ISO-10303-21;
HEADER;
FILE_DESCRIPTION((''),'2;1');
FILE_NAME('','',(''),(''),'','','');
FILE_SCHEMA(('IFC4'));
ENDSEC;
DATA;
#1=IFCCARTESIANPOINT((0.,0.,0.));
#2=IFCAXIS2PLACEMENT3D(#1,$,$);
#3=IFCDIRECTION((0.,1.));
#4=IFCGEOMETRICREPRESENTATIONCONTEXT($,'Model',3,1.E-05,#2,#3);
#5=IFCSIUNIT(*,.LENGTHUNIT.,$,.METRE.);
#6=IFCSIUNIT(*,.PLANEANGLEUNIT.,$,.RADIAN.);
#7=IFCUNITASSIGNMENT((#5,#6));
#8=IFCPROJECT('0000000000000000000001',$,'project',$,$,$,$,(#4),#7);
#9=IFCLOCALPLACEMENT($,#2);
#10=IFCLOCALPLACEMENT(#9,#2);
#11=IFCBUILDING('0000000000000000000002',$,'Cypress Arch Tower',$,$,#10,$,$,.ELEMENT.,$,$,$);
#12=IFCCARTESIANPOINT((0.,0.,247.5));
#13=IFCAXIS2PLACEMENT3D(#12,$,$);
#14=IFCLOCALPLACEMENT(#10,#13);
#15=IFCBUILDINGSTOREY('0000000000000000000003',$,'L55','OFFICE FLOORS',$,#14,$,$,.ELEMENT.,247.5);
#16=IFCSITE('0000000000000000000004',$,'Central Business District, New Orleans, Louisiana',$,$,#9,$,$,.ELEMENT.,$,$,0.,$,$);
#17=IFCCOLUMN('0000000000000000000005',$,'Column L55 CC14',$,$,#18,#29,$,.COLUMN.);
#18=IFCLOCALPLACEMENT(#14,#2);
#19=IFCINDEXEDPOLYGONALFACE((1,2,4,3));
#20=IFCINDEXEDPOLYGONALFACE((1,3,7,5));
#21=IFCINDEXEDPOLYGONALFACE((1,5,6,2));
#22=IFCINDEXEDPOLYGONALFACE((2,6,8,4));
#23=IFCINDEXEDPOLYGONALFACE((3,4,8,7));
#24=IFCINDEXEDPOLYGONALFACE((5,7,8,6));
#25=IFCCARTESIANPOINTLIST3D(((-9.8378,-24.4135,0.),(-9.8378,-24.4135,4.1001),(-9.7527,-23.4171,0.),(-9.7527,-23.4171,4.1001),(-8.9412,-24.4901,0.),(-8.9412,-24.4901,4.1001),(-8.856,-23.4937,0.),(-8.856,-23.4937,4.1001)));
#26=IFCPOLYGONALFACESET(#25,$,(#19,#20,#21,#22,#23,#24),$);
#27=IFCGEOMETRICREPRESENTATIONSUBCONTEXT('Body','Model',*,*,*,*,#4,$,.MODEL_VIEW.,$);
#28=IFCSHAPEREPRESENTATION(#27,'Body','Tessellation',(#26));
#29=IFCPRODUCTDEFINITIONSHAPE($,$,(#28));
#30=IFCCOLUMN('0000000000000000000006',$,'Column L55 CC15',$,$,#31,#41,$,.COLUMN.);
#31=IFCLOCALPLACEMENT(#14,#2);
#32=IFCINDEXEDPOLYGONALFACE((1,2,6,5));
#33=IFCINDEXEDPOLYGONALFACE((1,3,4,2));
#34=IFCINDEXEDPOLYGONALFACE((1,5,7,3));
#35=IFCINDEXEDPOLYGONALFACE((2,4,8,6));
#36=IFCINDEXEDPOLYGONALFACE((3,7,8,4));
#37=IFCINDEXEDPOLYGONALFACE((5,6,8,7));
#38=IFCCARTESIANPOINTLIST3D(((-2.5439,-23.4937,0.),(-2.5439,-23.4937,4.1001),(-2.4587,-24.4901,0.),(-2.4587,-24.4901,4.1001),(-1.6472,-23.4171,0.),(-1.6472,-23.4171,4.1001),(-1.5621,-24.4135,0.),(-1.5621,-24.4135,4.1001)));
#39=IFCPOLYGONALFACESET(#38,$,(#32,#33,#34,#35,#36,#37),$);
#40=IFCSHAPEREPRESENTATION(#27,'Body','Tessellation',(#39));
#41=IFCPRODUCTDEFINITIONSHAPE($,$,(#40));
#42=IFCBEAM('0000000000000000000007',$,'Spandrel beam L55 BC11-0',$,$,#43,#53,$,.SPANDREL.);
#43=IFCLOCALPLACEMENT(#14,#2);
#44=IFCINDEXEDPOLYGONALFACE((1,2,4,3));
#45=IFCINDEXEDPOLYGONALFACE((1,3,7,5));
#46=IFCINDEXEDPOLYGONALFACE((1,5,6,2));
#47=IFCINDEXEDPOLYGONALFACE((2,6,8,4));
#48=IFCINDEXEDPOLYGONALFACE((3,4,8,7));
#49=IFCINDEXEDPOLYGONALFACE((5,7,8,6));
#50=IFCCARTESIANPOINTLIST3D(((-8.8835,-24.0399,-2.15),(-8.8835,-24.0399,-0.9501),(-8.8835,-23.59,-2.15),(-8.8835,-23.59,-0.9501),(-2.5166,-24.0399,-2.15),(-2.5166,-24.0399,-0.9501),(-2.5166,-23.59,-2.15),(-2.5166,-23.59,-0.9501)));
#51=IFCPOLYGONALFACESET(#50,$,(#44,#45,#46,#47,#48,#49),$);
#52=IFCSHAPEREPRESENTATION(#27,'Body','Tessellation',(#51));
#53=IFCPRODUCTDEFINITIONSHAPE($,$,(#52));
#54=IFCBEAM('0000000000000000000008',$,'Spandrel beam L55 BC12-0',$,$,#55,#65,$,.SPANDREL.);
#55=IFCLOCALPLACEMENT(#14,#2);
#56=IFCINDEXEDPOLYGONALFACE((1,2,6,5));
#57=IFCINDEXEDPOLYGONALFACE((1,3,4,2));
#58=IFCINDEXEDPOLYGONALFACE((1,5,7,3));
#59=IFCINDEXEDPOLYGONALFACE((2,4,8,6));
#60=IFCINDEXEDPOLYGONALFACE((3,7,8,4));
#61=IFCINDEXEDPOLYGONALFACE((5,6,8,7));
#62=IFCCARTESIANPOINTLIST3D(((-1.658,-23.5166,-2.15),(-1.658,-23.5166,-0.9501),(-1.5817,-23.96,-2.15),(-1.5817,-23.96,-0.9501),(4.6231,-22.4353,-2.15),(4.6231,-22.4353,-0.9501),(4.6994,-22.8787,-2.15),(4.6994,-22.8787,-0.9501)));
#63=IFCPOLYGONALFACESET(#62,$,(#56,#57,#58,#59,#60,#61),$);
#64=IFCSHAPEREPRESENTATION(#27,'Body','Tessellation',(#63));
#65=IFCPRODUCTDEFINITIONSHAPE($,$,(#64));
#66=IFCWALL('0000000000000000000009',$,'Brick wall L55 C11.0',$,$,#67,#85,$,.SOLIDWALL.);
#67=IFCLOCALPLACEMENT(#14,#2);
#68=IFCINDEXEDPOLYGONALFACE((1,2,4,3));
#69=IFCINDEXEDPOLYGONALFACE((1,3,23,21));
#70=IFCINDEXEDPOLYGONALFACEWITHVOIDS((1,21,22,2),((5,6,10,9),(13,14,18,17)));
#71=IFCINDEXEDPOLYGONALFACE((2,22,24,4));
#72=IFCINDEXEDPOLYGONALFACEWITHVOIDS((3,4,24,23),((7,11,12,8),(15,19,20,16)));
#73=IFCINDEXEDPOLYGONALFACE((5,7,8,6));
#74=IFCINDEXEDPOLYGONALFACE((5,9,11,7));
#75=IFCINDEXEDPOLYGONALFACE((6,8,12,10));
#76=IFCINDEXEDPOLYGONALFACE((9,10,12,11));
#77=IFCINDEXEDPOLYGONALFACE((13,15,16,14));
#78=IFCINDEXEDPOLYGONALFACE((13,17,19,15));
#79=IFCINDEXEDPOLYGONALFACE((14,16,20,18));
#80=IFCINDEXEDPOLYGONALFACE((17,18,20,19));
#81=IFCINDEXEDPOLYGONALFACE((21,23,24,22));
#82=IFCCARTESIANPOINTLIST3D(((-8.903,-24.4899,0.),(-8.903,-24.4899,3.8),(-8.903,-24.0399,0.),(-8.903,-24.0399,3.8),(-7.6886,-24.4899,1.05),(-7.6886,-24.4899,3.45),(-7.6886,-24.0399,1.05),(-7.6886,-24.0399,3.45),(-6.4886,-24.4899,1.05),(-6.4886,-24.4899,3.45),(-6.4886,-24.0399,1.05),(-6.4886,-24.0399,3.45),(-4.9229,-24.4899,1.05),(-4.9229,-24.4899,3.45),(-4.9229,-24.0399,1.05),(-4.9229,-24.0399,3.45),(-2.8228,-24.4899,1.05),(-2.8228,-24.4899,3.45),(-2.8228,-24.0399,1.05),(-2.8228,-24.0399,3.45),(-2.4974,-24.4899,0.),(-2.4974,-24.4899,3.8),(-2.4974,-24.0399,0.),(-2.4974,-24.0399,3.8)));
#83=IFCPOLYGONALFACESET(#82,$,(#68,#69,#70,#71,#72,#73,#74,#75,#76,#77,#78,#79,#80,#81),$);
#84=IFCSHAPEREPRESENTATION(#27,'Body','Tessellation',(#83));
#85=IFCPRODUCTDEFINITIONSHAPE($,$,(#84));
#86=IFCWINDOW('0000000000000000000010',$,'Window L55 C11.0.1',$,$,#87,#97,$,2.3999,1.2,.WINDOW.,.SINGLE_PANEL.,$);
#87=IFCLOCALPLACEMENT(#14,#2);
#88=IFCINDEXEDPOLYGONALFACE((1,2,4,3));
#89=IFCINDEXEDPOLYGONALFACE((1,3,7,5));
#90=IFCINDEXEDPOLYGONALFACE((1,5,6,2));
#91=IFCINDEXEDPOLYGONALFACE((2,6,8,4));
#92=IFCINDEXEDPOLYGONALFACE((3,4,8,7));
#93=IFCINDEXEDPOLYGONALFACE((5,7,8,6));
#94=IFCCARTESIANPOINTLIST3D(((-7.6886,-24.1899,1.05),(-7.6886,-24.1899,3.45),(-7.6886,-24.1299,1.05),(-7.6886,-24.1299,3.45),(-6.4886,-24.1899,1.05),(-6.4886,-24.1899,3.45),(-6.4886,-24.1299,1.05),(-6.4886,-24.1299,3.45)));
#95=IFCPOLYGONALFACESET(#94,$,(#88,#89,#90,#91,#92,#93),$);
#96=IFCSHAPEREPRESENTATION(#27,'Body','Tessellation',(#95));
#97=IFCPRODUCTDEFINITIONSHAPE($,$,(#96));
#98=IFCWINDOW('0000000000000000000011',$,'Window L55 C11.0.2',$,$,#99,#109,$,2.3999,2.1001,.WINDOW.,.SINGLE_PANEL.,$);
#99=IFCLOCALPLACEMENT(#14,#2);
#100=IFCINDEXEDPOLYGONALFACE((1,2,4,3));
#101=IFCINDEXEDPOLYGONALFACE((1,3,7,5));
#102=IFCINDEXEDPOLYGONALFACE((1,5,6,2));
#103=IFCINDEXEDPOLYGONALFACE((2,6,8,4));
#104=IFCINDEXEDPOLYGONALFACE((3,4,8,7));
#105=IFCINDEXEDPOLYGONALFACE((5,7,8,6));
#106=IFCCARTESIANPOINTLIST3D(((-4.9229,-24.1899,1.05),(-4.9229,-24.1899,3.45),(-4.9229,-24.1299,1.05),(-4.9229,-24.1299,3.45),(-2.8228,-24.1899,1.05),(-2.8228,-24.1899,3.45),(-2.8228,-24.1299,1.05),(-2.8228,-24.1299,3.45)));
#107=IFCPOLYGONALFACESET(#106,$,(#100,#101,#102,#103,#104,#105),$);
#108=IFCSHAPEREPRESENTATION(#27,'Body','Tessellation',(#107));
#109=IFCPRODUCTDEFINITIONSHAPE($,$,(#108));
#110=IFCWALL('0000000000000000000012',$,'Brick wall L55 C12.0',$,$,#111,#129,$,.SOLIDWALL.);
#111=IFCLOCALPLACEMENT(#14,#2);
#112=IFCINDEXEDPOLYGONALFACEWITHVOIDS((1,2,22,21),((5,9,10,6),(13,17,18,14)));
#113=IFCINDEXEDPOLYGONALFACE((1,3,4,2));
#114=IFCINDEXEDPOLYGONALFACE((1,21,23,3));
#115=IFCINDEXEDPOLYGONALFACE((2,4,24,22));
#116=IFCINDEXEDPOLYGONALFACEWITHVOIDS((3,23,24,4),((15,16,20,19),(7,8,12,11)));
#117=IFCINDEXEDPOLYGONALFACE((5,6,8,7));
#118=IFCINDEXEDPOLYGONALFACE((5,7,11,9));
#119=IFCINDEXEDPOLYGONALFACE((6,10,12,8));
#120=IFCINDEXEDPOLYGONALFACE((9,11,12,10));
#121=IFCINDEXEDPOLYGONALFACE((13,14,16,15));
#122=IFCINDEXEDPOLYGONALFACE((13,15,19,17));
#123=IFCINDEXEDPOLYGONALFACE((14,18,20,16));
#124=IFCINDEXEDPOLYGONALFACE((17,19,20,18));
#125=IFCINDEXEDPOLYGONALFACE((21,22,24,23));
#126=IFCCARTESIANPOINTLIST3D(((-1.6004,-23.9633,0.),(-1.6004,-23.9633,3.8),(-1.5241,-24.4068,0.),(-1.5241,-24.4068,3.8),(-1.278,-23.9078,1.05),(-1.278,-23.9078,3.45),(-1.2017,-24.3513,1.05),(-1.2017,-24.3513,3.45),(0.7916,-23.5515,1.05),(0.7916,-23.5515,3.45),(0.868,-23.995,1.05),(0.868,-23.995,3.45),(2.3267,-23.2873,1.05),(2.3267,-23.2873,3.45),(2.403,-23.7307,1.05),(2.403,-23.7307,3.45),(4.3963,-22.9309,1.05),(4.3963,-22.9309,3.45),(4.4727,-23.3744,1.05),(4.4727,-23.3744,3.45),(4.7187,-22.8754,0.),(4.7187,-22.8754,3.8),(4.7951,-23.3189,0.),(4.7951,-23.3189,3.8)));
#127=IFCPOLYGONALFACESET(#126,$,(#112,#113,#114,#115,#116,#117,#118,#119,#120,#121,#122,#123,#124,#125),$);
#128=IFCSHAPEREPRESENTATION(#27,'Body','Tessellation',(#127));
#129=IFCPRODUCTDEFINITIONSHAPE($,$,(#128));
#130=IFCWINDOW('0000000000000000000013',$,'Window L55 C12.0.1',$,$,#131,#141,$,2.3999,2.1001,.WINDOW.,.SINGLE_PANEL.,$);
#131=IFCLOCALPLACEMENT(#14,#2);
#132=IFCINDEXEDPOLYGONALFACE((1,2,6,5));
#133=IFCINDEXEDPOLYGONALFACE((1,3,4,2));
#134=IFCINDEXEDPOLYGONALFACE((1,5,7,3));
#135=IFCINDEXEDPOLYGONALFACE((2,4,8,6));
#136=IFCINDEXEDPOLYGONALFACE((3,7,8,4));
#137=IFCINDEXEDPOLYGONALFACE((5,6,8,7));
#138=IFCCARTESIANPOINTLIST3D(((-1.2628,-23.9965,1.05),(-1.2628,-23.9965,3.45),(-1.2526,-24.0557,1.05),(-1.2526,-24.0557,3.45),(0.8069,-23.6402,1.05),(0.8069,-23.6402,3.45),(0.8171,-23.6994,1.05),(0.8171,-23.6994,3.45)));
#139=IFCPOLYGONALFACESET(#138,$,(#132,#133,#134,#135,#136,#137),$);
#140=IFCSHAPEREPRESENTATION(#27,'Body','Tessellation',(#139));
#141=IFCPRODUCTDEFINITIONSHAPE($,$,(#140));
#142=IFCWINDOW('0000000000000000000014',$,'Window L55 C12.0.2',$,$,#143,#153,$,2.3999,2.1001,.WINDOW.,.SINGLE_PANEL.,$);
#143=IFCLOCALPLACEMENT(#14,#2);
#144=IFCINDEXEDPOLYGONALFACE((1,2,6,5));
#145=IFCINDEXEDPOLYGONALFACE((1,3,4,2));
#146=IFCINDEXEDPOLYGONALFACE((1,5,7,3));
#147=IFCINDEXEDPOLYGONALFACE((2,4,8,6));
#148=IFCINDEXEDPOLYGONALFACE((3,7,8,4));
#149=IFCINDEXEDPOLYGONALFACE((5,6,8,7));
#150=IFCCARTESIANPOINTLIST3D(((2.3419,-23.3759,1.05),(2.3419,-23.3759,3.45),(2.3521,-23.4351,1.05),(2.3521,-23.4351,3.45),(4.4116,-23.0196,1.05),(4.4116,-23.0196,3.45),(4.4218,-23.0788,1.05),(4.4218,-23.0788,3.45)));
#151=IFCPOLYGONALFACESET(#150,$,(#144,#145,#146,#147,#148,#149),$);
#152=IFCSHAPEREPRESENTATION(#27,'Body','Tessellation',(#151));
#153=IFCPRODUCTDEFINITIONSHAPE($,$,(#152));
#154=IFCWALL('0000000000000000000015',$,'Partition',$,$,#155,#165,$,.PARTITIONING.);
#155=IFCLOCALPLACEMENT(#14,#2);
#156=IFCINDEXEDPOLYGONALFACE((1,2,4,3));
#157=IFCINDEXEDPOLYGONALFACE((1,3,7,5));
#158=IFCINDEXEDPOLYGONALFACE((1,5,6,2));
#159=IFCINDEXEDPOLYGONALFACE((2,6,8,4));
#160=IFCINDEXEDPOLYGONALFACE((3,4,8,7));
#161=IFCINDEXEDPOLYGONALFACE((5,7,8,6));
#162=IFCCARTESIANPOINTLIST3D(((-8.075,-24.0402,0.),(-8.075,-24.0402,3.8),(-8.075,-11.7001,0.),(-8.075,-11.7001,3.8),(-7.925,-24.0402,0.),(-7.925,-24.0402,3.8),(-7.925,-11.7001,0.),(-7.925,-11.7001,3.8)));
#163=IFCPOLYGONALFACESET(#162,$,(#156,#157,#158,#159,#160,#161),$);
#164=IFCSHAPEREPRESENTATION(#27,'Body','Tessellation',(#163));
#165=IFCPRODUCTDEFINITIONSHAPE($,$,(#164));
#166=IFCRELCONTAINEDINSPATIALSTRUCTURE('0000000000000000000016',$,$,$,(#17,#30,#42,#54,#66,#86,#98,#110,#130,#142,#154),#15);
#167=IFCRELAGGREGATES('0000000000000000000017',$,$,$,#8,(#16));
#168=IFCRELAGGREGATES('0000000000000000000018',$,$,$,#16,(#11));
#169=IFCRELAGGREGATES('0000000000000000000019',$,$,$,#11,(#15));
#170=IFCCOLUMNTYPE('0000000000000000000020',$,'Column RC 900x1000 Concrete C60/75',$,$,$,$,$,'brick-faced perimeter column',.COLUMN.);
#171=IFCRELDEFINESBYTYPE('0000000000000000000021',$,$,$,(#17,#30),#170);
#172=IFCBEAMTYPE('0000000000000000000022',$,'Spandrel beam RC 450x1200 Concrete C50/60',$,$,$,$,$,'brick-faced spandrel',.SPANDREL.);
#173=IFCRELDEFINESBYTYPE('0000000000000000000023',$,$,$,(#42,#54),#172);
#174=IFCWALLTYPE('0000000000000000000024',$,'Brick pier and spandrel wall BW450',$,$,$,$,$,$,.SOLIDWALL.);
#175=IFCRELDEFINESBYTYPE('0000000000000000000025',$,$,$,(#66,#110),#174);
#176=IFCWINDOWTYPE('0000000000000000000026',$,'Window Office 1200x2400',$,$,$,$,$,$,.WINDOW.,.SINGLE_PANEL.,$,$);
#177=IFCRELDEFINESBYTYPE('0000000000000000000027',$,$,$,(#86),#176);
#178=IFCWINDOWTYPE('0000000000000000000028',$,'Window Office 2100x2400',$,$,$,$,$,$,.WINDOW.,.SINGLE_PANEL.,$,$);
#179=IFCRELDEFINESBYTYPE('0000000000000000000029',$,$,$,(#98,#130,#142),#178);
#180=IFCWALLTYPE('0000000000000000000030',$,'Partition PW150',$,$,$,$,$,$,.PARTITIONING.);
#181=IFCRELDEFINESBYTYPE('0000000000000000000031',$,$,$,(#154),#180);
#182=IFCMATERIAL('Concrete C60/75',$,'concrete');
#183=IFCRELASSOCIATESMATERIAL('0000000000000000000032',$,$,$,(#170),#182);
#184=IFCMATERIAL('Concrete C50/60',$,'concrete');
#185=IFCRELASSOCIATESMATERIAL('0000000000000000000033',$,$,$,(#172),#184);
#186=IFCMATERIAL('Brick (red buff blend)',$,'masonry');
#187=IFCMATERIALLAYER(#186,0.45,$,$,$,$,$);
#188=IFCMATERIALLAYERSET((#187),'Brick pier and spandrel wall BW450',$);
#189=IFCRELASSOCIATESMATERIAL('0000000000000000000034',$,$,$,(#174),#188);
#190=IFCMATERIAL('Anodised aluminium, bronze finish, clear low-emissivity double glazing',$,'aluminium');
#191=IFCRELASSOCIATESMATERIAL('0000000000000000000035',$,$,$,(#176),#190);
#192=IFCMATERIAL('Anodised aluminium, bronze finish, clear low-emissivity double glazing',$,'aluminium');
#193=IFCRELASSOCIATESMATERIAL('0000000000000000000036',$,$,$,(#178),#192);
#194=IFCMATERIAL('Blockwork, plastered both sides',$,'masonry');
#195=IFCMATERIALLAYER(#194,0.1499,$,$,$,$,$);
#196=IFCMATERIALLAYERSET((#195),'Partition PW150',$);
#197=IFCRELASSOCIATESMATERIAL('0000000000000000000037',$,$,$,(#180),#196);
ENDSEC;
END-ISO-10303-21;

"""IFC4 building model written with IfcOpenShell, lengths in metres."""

from ifc_helpers import new_model, si_unit, direction, frame, frame_2d, origin, origin_2d, place, context, subcontext, project, spatial, rectangle, extrude, material, layer, layer_set, material_profile, profile_set, type_object, element, fill, save


model = new_model("IFC4")

# Units and contexts
model_context = context("Model", 3, precision=1e-05, world=origin(), true_north=direction((0.0, 1.0)))
body_context = subcontext(model_context, "Body", "Model", "MODEL_VIEW")
ifc_project = project(units=[si_unit("LENGTHUNIT", "METRE"), si_unit("PLANEANGLEUNIT", "RADIAN")], contexts=[model_context])

# Site, building, storey
site_placement = place(None, origin())
site = spatial("IfcSite", under=ifc_project, at=site_placement, Name="Central Business District, New Orleans, Louisiana", CompositionType="ELEMENT", RefElevation=0.0)
building_placement = place(site_placement, origin())
building = spatial("IfcBuilding", under=site, at=building_placement, Name="Cypress Arch Tower", CompositionType="ELEMENT")
storey_placement = place(building_placement, frame((0.0, 0.0, 247.5)))
storey = spatial("IfcBuildingStorey", under=building, at=storey_placement, Name="L55", Description="OFFICE FLOORS", CompositionType="ELEMENT", Elevation=247.5)

# Columns
ifc_material_1 = material(Name="Concrete C60/75", Category="concrete")
ifc_material_profile_1 = material_profile(ifc_material_1, rectangle(XDim=0.8999, YDim=1.0, at=origin_2d()), Name="RC 900x1000")
ifc_profile_set_1 = profile_set([ifc_material_profile_1], Name="Concrete C60/75")
column_type = type_object("IfcColumnType", Name="Column RC 900x1000 Concrete C60/75", ElementType="brick-faced perimeter column", PredefinedType="COLUMN", material=ifc_profile_set_1)
for number, where, z_axis, x_axis, name in (
    (1, (-9.3469, -23.9536, 0.0), (0.0, 0.0, 1.0), (0.996368, -0.085149, 0.0), "Column L55 CC14"),
    (2, (-2.053, -23.9536, 0.0), (0.0, 0.0, 1.0), (0.996368, 0.085149, 0.0), "Column L55 CC15"),
):
    element("IfcColumn", number, at=place(storey_placement, frame(where, z_axis=z_axis, x_axis=x_axis)), inside=storey, type_object=column_type, Name=name, PredefinedType="COLUMN", context=body_context, shape_type="SweptSolid", body=[
        extrude(rectangle(XDim=0.8999, YDim=1.0, at=origin_2d()), origin(), (0.0, 0.0, 1.0), 4.1001),
    ])

# Beams
ifc_material_2 = material(Name="Concrete C50/60", Category="concrete")
ifc_material_profile_2 = material_profile(ifc_material_2, rectangle(XDim=0.45, YDim=1.2, at=origin_2d()), Name="RC 450x1200")
ifc_profile_set_2 = profile_set([ifc_material_profile_2], Name="Concrete C50/60")
beam_type = type_object("IfcBeamType", Name="Spandrel beam RC 450x1200 Concrete C50/60", ElementType="brick-faced spandrel", PredefinedType="SPANDREL", material=ifc_profile_set_2)
beam_1_placement = place(storey_placement, frame((-8.8835, -23.8149, -1.55), z_axis=(1.0, 0.0, 0.0), x_axis=(0.0, 1.0, 0.0)))
element("IfcBeam", 3, at=beam_1_placement, inside=storey, type_object=beam_type, Name="Spandrel beam L55 BC11-0", PredefinedType="SPANDREL", context=body_context, shape_type="SweptSolid", body=[
    extrude(rectangle(XDim=0.45, YDim=1.2, at=origin_2d()), origin(), (0.0, 0.0, 1.0), 6.3669),
])
beam_2_placement = place(storey_placement, frame((-1.6199, -23.7383, -1.55), z_axis=(0.985504, 0.169652, 0.0), x_axis=(-0.169652, 0.985504, 0.0)))
element("IfcBeam", 4, at=beam_2_placement, inside=storey, type_object=beam_type, Name="Spandrel beam L55 BC12-0", PredefinedType="SPANDREL", context=body_context, shape_type="SweptSolid", body=[
    extrude(rectangle(XDim=0.45, YDim=1.2, at=origin_2d()), origin(), (0.0, 0.0, 1.0), 6.3735),
])

# Walls, openings, windows
ifc_material_3 = material(Name="Brick (red buff blend)", Category="masonry")
ifc_layer_1 = layer(ifc_material_3, 0.45)
ifc_layer_set_1 = layer_set([ifc_layer_1], Name="Brick pier and spandrel wall BW450")
wall_type_1 = type_object("IfcWallType", Name="Brick pier and spandrel wall BW450", PredefinedType="SOLIDWALL", material=ifc_layer_set_1)
wall_1_placement = place(storey_placement, frame((-8.9028, -24.2649, 0.0), z_axis=(0.0, 0.0, 1.0), x_axis=(1.0, 0.0, 0.0)))
wall_1 = element("IfcWall", 5, at=wall_1_placement, inside=storey, type_object=wall_type_1, Name="Brick wall L55 C11.0", PredefinedType="SOLIDWALL", context=body_context, shape_type="SweptSolid", body=[
    extrude(rectangle(XDim=6.4055, YDim=0.45, at=frame_2d((3.2026, 0.0))), origin(), (0.0, 0.0, 1.0), 3.8),
])
opening_1_placement = place(wall_1_placement, frame((3.98, 0.0, 1.05)))
opening_1 = element("IfcOpeningElement", 6, at=opening_1_placement, cuts=wall_1, PredefinedType="OPENING", context=body_context, shape_type="SweptSolid", body=[
    extrude(rectangle(XDim=2.1001, YDim=2.3999, at=frame_2d((1.05, 1.2))), frame((0.0, 0.2349, 0.0), z_axis=(0.0, -1.0, 0.0), x_axis=(1.0, 0.0, 0.0)), (0.0, 0.0, 1.0), 0.47),
])
opening_2_placement = place(wall_1_placement, frame((1.2141, 0.0, 1.05)))
opening_2 = element("IfcOpeningElement", 7, at=opening_2_placement, cuts=wall_1, PredefinedType="OPENING", context=body_context, shape_type="SweptSolid", body=[
    extrude(rectangle(XDim=1.2, YDim=2.3999, at=frame_2d((0.6001, 1.2))), frame((0.0, 0.2349, 0.0), z_axis=(0.0, -1.0, 0.0), x_axis=(1.0, 0.0, 0.0)), (0.0, 0.0, 1.0), 0.47),
])
ifc_material_4 = material(Name="Anodised aluminium, bronze finish, clear low-emissivity double glazing", Category="aluminium")
window_type_1 = type_object("IfcWindowType", Name="Window Office 1200x2400", PartitioningType="SINGLE_PANEL", PredefinedType="WINDOW", material=ifc_material_4)
window_1_placement = place(opening_2_placement, origin())
window_1 = element("IfcWindow", 8, at=window_1_placement, inside=storey, type_object=window_type_1, Name="Window L55 C11.0.1", OverallHeight=2.3999, OverallWidth=1.2, PartitioningType="SINGLE_PANEL", PredefinedType="WINDOW", context=body_context, shape_type="SweptSolid", body=[
    extrude(rectangle(XDim=1.2, YDim=2.3999, at=frame_2d((0.6001, 1.2))), frame((0.0, 0.135, 0.0), z_axis=(0.0, -1.0, 0.0), x_axis=(1.0, 0.0, 0.0)), (0.0, 0.0, 1.0), 0.0601),
])
fill(opening_2, window_1)
ifc_material_5 = material(Name="Anodised aluminium, bronze finish, clear low-emissivity double glazing", Category="aluminium")
window_type_2 = type_object("IfcWindowType", Name="Window Office 2100x2400", PartitioningType="SINGLE_PANEL", PredefinedType="WINDOW", material=ifc_material_5)
window_2_placement = place(opening_1_placement, origin())
window_2 = element("IfcWindow", 9, at=window_2_placement, inside=storey, type_object=window_type_2, Name="Window L55 C11.0.2", OverallHeight=2.3999, OverallWidth=2.1001, PartitioningType="SINGLE_PANEL", PredefinedType="WINDOW", context=body_context, shape_type="SweptSolid", body=[
    extrude(rectangle(XDim=2.1001, YDim=2.3999, at=frame_2d((1.05, 1.2))), frame((0.0, 0.135, 0.0), z_axis=(0.0, -1.0, 0.0), x_axis=(1.0, 0.0, 0.0)), (0.0, 0.0, 1.0), 0.0601),
])
fill(opening_1, window_2)
wall_2_placement = place(storey_placement, frame((-1.5623, -24.1851, 0.0), z_axis=(0.0, 0.0, 1.0), x_axis=(0.985502, 0.169663, 0.0)))
wall_2 = element("IfcWall", 10, at=wall_2_placement, inside=storey, type_object=wall_type_1, Name="Brick wall L55 C12.0", PredefinedType="SOLIDWALL", context=body_context, shape_type="SweptSolid", body=[
    extrude(rectangle(XDim=6.4121, YDim=0.45, at=frame_2d((3.2061, 0.0))), origin(), (0.0, 0.0, 1.0), 3.8),
])
opening_3_placement = place(wall_2_placement, frame((0.3271, 0.0, 1.05)))
opening_3 = element("IfcOpeningElement", 11, at=opening_3_placement, cuts=wall_2, PredefinedType="OPENING", context=body_context, shape_type="SweptSolid", body=[
    extrude(rectangle(XDim=2.1001, YDim=2.3999, at=frame_2d((1.05, 1.2))), frame((0.0, 0.2349, 0.0), z_axis=(0.0, -1.0, 0.0), x_axis=(1.0, 0.0, 0.0)), (0.0, 0.0, 1.0), 0.47),
])
opening_4_placement = place(wall_2_placement, frame((3.9849, 0.0, 1.05)))
opening_4 = element("IfcOpeningElement", 12, at=opening_4_placement, cuts=wall_2, PredefinedType="OPENING", context=body_context, shape_type="SweptSolid", body=[
    extrude(rectangle(XDim=2.1001, YDim=2.3999, at=frame_2d((1.05, 1.2))), frame((0.0, 0.2349, 0.0), z_axis=(0.0, -1.0, 0.0), x_axis=(1.0, 0.0, 0.0)), (0.0, 0.0, 1.0), 0.47),
])
window_3_placement = place(opening_3_placement, origin())
window_3 = element("IfcWindow", 13, at=window_3_placement, inside=storey, type_object=window_type_2, Name="Window L55 C12.0.1", OverallHeight=2.3999, OverallWidth=2.1001, PartitioningType="SINGLE_PANEL", PredefinedType="WINDOW", context=body_context, shape_type="SweptSolid", body=[
    extrude(rectangle(XDim=2.1001, YDim=2.3999, at=frame_2d((1.05, 1.2))), frame((0.0, 0.135, 0.0), z_axis=(0.0, -1.0, 0.0), x_axis=(1.0, 0.0, 0.0)), (0.0, 0.0, 1.0), 0.0601),
])
fill(opening_3, window_3)
window_4_placement = place(opening_4_placement, origin())
window_4 = element("IfcWindow", 14, at=window_4_placement, inside=storey, type_object=window_type_2, Name="Window L55 C12.0.2", OverallHeight=2.3999, OverallWidth=2.1001, PartitioningType="SINGLE_PANEL", PredefinedType="WINDOW", context=body_context, shape_type="SweptSolid", body=[
    extrude(rectangle(XDim=2.1001, YDim=2.3999, at=frame_2d((1.05, 1.2))), frame((0.0, 0.135, 0.0), z_axis=(0.0, -1.0, 0.0), x_axis=(1.0, 0.0, 0.0)), (0.0, 0.0, 1.0), 0.0601),
])
fill(opening_4, window_4)

# Wall
ifc_material_6 = material(Name="Blockwork, plastered both sides", Category="masonry")
ifc_layer_2 = layer(ifc_material_6, 0.1499)
ifc_layer_set_2 = layer_set([ifc_layer_2], Name="Partition PW150")
wall_type_2 = type_object("IfcWallType", Name="Partition PW150", PredefinedType="PARTITIONING", material=ifc_layer_set_2)
for number, where, z_axis, x_axis, name in (
    (15, (-8.0, -24.04, 0.0), (0.0, 0.0, 1.0), (0.0, 1.0, 0.0), "Partition"),
):
    element("IfcWall", number, at=place(storey_placement, frame(where, z_axis=z_axis, x_axis=x_axis)), inside=storey, type_object=wall_type_2, Name=name, PredefinedType="PARTITIONING", context=body_context, shape_type="SweptSolid", body=[
        extrude(rectangle(XDim=12.3401, YDim=0.1499, at=frame_2d((6.1699, 0.0))), origin(), (0.0, 0.0, 1.0), 3.8),
    ])

save(model, "model.ifc")
